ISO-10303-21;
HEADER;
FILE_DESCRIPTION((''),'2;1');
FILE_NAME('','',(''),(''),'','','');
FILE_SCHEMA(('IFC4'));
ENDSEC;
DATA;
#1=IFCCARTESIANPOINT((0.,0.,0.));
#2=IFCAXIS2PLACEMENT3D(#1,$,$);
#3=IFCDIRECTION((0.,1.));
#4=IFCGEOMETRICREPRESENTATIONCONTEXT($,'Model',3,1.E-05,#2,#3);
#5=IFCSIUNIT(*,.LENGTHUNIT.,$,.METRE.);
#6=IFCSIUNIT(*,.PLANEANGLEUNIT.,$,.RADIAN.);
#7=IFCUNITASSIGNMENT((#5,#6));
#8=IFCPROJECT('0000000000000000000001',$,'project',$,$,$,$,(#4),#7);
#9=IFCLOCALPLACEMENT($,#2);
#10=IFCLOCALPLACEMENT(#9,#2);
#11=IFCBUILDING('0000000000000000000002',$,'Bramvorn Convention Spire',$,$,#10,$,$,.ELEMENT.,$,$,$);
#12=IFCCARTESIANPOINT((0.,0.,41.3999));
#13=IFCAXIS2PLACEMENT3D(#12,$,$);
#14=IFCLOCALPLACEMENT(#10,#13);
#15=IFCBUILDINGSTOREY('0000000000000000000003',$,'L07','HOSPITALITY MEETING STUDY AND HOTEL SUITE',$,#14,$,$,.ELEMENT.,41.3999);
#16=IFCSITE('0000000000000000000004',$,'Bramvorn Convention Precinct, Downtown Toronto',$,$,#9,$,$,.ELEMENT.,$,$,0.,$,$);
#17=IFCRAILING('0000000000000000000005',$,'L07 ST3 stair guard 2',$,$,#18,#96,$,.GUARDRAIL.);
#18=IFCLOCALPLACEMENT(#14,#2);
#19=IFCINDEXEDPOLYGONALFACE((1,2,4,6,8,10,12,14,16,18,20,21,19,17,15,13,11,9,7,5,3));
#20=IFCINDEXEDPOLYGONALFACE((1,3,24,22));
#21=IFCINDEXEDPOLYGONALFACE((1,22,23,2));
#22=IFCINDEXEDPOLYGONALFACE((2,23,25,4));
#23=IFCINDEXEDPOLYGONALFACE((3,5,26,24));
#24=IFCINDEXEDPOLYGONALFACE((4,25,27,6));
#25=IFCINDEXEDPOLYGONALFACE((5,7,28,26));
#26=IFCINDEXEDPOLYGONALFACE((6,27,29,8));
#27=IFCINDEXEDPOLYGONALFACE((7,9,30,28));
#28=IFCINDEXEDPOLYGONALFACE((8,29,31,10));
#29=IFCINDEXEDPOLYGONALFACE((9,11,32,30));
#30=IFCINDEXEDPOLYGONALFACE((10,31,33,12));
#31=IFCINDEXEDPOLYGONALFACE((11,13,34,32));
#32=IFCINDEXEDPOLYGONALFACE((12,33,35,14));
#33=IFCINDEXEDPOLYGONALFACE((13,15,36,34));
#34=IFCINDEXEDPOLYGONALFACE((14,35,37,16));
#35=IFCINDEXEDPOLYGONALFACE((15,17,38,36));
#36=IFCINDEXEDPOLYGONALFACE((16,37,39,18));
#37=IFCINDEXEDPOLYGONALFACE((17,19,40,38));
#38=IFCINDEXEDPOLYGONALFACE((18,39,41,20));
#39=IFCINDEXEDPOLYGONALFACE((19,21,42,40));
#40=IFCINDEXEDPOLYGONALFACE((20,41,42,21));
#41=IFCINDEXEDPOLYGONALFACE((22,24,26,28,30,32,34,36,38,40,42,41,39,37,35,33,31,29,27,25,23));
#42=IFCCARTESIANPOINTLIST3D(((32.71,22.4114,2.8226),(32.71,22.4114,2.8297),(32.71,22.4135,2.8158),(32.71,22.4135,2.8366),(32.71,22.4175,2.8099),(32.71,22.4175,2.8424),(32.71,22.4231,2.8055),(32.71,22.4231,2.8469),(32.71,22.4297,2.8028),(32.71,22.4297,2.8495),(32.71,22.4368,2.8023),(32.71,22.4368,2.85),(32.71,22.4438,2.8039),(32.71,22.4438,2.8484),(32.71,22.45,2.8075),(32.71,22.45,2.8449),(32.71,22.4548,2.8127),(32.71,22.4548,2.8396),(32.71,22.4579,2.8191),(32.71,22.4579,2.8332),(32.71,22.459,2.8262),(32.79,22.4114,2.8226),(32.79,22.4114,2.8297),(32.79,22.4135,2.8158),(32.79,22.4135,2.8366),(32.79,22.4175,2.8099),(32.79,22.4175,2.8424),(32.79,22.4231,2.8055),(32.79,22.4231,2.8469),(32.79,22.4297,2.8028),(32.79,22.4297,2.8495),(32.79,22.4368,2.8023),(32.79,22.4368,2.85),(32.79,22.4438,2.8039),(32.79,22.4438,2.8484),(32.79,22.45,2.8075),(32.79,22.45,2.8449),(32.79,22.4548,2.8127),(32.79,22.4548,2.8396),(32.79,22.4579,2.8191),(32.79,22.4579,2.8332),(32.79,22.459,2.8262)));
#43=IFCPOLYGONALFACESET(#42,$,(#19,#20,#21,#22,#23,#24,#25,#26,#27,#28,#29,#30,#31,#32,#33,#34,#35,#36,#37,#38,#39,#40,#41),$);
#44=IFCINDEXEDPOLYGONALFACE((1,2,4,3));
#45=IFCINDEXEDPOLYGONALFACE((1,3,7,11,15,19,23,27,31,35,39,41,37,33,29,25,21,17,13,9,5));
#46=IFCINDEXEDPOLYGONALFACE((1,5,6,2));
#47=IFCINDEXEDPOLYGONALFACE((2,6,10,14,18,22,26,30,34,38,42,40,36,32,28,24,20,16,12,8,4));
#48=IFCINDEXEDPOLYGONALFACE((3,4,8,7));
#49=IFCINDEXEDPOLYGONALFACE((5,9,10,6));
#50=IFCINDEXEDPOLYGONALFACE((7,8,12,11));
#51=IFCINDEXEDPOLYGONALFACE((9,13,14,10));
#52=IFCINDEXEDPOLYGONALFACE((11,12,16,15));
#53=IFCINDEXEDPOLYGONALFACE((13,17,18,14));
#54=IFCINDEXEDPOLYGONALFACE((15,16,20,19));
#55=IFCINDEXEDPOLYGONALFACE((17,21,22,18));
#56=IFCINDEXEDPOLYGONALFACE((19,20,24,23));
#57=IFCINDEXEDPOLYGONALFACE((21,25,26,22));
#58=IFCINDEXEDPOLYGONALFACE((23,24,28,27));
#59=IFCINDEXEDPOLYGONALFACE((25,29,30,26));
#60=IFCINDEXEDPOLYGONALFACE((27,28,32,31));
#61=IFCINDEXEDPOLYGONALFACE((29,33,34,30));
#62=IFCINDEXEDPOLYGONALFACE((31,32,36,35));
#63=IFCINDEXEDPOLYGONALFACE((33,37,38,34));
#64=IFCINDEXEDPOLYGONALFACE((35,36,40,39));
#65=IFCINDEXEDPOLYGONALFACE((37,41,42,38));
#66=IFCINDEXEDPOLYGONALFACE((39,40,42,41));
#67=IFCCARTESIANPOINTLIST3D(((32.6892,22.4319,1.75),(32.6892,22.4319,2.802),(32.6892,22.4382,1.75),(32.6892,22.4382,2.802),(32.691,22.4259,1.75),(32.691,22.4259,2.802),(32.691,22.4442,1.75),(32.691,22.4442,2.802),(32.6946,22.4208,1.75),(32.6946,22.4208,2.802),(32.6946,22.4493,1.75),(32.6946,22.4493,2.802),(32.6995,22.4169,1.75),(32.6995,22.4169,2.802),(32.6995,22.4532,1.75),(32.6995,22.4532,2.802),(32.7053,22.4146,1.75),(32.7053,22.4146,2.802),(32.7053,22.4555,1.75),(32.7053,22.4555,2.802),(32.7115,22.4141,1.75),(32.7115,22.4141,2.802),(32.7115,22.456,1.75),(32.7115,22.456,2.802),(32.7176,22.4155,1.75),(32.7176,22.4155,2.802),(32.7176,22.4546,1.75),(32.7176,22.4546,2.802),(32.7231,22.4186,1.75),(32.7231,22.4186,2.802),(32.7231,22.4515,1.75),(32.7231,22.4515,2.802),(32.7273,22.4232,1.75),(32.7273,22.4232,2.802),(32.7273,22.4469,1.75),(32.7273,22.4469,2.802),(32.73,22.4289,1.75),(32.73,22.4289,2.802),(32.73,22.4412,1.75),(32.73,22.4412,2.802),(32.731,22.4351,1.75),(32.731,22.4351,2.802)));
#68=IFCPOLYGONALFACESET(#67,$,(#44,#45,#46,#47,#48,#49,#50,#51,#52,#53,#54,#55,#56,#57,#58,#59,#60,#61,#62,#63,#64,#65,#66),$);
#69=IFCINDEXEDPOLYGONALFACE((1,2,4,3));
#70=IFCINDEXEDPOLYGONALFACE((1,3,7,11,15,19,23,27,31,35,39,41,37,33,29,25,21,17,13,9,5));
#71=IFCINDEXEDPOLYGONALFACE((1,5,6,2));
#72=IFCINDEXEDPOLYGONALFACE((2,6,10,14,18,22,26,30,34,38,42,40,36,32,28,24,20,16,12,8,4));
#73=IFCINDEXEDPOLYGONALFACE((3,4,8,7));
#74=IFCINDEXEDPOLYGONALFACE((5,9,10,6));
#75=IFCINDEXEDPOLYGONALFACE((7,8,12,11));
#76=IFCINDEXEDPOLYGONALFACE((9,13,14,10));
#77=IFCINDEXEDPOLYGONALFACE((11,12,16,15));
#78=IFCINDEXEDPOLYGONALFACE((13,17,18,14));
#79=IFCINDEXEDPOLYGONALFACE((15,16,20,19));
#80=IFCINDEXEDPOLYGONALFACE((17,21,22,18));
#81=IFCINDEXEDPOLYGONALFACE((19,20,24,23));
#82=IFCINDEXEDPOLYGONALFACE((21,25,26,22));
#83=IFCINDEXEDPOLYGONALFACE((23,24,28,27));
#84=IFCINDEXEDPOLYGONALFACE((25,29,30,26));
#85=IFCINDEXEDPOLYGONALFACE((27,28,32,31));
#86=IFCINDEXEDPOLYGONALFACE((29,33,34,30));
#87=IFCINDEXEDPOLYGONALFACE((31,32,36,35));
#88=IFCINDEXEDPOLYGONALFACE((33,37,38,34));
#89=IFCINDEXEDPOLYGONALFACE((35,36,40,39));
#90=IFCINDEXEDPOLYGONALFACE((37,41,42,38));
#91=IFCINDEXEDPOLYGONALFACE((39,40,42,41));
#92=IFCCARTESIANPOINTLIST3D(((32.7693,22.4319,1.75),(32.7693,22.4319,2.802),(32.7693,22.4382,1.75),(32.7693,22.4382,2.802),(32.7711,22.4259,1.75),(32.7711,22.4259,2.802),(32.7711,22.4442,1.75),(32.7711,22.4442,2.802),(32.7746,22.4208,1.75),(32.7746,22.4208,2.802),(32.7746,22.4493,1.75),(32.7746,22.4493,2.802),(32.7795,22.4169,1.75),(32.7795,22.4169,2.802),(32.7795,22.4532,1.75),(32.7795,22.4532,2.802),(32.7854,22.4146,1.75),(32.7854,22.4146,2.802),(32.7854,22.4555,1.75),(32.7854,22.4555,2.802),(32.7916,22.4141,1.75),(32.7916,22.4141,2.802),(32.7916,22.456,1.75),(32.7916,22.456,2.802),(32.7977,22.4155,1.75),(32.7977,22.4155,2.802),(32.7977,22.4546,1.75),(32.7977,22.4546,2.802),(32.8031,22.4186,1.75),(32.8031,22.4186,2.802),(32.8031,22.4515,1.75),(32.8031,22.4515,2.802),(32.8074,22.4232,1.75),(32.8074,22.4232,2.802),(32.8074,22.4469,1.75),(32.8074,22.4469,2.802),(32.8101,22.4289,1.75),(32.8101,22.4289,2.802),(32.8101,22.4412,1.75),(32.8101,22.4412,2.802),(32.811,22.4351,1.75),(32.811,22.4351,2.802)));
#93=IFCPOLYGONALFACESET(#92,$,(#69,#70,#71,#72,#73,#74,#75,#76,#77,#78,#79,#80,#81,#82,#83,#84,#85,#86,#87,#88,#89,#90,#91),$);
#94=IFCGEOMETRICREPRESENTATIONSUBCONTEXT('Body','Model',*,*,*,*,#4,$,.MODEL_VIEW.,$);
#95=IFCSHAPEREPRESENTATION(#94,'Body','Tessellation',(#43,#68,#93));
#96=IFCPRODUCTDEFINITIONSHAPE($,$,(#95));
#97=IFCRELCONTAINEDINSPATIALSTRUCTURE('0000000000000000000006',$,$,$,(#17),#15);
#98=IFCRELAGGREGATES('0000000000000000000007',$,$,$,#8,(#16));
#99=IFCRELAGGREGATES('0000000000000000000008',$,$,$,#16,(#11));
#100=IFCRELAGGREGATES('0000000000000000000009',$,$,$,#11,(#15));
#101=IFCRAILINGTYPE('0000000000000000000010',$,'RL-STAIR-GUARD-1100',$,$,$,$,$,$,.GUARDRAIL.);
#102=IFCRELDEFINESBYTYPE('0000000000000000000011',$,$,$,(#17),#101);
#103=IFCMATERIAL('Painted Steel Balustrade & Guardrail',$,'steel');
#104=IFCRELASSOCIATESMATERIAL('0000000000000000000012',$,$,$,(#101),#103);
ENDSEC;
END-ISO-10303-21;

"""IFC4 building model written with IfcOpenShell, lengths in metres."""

from ifc_helpers import new_model, si_unit, direction, frame, origin, origin_2d, place, context, subcontext, project, spatial, circle, extrude, material, type_object, element, save


model = new_model("IFC4")

# Units and contexts
model_context = context("Model", 3, precision=1e-05, world=origin(), true_north=direction((0.0, 1.0)))
body_context = subcontext(model_context, "Body", "Model", "MODEL_VIEW")
ifc_project = project(units=[si_unit("LENGTHUNIT", "METRE"), si_unit("PLANEANGLEUNIT", "RADIAN")], contexts=[model_context])

# Site, building, storey
site_placement = place(None, origin())
site = spatial("IfcSite", under=ifc_project, at=site_placement, Name="Bramvorn Convention Precinct, Downtown Toronto", CompositionType="ELEMENT", RefElevation=0.0)
building_placement = place(site_placement, origin())
building = spatial("IfcBuilding", under=site, at=building_placement, Name="Bramvorn Convention Spire", CompositionType="ELEMENT")
storey_placement = place(building_placement, frame((0.0, 0.0, 41.3999)))
storey = spatial("IfcBuildingStorey", under=building, at=storey_placement, Name="L07", Description="HOSPITALITY MEETING STUDY AND HOTEL SUITE", CompositionType="ELEMENT", Elevation=41.3999)

# Railing
ifc_material_1 = material(Name="Painted Steel Balustrade & Guardrail", Category="steel")
railing_type_1 = type_object("IfcRailingType", Name="RL-STAIR-GUARD-1100", PredefinedType="GUARDRAIL", material=ifc_material_1)
railing_1_placement = place(storey_placement, frame((32.71, 22.4351, 1.75)))
element("IfcRailing", 1, at=railing_1_placement, inside=storey, type_object=railing_type_1, Name="L07 ST3 stair guard 2", PredefinedType="GUARDRAIL", context=body_context, shape_type="SweptSolid", body=[
    extrude(circle(Radius=0.0239, at=origin_2d()), frame((0.0, 0.0, 1.0762), z_axis=(1.0, 0.0, 0.0), x_axis=(0.0, 1.0, 0.0)), (0.0, 0.0, 1.0), 0.0801),
    extrude(circle(Radius=0.021, at=origin_2d()), origin(), (0.0, 0.0, 1.0), 1.052),
    extrude(circle(Radius=0.021, at=origin_2d()), frame((0.0801, 0.0, 0.0)), (0.0, 0.0, 1.0), 1.052),
])

save(model, "model.ifc")
